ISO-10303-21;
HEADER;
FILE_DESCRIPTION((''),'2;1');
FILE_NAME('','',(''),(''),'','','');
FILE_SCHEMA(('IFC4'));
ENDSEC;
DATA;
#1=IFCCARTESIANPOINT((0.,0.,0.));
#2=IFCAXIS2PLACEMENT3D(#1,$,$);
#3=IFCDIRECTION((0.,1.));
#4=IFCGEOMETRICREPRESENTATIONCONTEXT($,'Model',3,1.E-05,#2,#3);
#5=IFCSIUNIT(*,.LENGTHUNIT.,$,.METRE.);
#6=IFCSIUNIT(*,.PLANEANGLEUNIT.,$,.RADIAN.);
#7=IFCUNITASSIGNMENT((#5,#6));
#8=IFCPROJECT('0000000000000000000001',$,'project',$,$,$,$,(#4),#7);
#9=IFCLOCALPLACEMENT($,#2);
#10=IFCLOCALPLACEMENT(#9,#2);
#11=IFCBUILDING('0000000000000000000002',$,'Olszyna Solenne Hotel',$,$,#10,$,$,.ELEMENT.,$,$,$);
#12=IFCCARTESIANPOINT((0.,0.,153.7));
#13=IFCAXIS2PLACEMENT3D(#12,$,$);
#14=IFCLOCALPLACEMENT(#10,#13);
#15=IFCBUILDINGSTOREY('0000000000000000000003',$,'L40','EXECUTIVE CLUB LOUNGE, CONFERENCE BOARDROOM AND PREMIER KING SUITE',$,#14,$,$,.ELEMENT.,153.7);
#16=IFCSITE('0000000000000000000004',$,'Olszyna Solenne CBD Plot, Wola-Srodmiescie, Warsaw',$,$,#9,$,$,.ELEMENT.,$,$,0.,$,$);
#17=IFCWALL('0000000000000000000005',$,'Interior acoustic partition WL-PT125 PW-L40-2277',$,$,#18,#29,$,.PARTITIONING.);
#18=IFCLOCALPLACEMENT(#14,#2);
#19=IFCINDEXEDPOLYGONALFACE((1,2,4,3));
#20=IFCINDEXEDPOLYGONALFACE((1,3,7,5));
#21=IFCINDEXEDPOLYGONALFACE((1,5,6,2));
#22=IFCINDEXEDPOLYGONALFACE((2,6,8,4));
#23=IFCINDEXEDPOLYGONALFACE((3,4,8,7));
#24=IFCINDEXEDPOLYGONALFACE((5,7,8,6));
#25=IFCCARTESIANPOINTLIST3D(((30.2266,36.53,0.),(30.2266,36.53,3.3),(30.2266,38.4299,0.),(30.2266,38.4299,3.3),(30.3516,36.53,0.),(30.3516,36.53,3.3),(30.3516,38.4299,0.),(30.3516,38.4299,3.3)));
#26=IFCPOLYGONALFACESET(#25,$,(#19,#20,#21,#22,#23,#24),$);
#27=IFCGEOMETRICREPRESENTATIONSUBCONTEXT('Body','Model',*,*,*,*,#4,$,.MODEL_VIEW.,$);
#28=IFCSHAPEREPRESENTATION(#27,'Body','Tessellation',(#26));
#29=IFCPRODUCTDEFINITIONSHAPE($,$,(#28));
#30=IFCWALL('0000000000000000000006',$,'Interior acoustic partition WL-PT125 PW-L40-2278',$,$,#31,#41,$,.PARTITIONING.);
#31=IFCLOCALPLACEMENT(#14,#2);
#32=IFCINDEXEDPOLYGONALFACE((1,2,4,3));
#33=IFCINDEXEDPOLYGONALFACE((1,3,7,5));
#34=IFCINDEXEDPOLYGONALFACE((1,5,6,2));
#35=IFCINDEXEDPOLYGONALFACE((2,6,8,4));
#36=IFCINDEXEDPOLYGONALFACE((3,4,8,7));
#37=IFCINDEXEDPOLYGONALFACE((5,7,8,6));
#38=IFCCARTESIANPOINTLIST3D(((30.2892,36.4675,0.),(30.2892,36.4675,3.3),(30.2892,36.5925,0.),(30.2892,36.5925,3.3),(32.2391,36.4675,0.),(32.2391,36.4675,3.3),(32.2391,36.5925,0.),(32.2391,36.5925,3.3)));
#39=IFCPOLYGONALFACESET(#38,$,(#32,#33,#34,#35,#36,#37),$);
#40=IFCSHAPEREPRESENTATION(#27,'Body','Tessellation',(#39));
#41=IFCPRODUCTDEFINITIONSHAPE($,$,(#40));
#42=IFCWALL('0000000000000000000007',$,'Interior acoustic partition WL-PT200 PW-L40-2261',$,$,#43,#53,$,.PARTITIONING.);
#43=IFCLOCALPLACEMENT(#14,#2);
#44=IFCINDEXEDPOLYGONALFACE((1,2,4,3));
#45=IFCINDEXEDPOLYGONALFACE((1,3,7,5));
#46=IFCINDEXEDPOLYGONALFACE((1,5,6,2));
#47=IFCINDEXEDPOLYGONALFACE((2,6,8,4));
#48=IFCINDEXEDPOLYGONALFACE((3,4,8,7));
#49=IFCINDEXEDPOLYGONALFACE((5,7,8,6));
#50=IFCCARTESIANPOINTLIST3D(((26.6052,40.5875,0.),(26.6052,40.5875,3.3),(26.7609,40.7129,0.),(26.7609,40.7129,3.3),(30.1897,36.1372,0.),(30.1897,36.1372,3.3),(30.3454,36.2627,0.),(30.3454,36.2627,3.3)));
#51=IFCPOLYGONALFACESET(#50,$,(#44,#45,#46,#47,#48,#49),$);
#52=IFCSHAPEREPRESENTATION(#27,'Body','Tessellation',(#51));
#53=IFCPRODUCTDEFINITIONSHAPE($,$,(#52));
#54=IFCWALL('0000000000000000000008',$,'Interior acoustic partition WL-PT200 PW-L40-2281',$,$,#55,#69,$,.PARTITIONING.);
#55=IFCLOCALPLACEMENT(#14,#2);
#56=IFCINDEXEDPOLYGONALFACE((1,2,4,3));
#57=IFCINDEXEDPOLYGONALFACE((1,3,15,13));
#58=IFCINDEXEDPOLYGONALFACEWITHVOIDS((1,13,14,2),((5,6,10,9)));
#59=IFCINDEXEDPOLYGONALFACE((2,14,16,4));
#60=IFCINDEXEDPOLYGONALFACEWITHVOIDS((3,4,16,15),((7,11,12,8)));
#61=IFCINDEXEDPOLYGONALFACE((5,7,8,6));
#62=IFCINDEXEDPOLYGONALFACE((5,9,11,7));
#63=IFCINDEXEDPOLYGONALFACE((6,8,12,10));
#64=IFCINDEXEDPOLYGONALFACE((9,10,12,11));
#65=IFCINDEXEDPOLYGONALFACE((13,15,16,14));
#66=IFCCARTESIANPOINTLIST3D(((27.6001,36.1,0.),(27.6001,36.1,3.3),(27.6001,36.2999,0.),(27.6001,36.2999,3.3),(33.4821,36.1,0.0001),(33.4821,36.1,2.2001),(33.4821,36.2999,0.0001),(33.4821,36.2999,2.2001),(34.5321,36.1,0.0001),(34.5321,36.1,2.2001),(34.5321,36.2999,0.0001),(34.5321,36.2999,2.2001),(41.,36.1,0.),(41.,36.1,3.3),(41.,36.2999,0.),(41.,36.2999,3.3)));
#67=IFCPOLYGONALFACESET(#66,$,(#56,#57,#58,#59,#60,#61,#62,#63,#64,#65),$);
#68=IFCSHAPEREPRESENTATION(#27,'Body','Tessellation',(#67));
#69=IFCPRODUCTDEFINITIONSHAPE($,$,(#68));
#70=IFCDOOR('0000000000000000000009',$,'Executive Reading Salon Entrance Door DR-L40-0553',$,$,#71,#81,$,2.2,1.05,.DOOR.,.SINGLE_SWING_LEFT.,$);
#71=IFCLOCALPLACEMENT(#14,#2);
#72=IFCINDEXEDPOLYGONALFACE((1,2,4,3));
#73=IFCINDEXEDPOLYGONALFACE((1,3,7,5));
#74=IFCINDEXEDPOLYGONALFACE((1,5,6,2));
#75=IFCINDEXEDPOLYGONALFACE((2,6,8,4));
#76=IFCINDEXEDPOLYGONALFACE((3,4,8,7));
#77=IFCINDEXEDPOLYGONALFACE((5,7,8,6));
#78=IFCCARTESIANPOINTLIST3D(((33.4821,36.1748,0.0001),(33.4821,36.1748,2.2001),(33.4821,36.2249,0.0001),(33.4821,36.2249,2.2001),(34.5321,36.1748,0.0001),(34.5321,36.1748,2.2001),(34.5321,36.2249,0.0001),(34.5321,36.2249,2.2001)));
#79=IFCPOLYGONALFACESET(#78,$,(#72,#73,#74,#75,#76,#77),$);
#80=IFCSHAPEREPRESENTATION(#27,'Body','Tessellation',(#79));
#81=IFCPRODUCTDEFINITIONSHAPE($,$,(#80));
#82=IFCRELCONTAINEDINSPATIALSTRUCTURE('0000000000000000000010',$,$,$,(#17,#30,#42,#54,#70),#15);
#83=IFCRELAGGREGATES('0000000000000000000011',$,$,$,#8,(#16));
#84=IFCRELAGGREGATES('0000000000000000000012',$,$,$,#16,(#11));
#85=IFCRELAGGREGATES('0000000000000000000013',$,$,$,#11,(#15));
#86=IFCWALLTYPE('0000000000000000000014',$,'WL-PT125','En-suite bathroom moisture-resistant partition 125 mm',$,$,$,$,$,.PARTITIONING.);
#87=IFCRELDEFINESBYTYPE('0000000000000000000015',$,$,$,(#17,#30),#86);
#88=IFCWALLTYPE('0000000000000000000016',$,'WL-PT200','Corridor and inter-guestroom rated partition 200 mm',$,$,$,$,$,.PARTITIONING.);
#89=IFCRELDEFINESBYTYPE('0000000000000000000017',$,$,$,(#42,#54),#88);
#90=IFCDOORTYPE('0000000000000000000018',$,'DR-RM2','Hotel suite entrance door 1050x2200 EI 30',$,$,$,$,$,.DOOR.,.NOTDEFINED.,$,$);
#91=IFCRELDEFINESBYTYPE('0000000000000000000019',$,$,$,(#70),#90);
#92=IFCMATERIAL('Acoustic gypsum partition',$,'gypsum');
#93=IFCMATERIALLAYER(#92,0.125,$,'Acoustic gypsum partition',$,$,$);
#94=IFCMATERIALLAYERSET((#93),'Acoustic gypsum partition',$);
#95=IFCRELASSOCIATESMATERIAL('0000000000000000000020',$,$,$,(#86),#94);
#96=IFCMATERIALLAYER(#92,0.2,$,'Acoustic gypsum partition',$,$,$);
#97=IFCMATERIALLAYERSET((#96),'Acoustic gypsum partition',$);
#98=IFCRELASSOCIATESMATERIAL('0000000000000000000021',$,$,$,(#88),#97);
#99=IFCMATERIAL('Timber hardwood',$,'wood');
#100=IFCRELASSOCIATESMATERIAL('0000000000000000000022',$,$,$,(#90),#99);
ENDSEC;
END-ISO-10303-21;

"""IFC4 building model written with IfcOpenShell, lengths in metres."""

from ifc_helpers import new_model, si_unit, direction, frame, frame_2d, origin, place, context, subcontext, project, spatial, rectangle, extrude, source, transform, mapped, material, layer, layer_set, type_object, type_shapes, element, fill, save


model = new_model("IFC4")

# Units and contexts
model_context = context("Model", 3, precision=1e-05, world=origin(), true_north=direction((0.0, 1.0)))
body_context = subcontext(model_context, "Body", "Model", "MODEL_VIEW")
ifc_project = project(units=[si_unit("LENGTHUNIT", "METRE"), si_unit("PLANEANGLEUNIT", "RADIAN")], contexts=[model_context])

# Site, building, storey
site_placement = place(None, origin())
site = spatial("IfcSite", under=ifc_project, at=site_placement, Name="Olszyna Solenne CBD Plot, Wola-Srodmiescie, Warsaw", CompositionType="ELEMENT", RefElevation=0.0)
building_placement = place(site_placement, origin())
building = spatial("IfcBuilding", under=site, at=building_placement, Name="Olszyna Solenne Hotel", CompositionType="ELEMENT")
storey_placement = place(building_placement, frame((0.0, 0.0, 153.7)))
storey = spatial("IfcBuildingStorey", under=building, at=storey_placement, Name="L40", Description="EXECUTIVE CLUB LOUNGE, CONFERENCE BOARDROOM AND PREMIER KING SUITE", CompositionType="ELEMENT", Elevation=153.7)

# Shared definitions
ifc_material_1 = material(Name="Acoustic gypsum partition", Category="gypsum")
ifc_layer_1 = layer(ifc_material_1, 0.125, Name="Acoustic gypsum partition")
ifc_layer_set_1 = layer_set([ifc_layer_1], Name="Acoustic gypsum partition")
wall_type_1 = type_object("IfcWallType", Name="WL-PT125", Description="En-suite bathroom moisture-resistant partition 125 mm", PredefinedType="PARTITIONING", material=ifc_layer_set_1)
ifc_material_2 = material(Name="Timber hardwood", Category="wood")

# Walls
wall_1_placement = place(storey_placement, frame((30.2891, 38.4299, 0.0), z_axis=(0.0, 0.0, 1.0), x_axis=(0.0, -1.0, 0.0)))
element("IfcWall", 1, at=wall_1_placement, inside=storey, type_object=wall_type_1, Name="Interior acoustic partition WL-PT125 PW-L40-2277", PredefinedType="PARTITIONING", context=body_context, shape_type="SweptSolid", body=[
    extrude(rectangle(XDim=1.8999, YDim=0.125, at=frame_2d((0.95, 0.0))), origin(), (0.0, 0.0, 1.0), 3.3),
])
wall_2_placement = place(storey_placement, frame((30.2891, 36.53, 0.0), z_axis=(0.0, 0.0, 1.0), x_axis=(1.0, 0.0, 0.0)))
element("IfcWall", 2, at=wall_2_placement, inside=storey, type_object=wall_type_1, Name="Interior acoustic partition WL-PT125 PW-L40-2278", PredefinedType="PARTITIONING", context=body_context, shape_type="SweptSolid", body=[
    extrude(rectangle(XDim=1.95, YDim=0.125, at=frame_2d((0.9751, 0.0))), origin(), (0.0, 0.0, 1.0), 3.3),
])
ifc_layer_2 = layer(ifc_material_1, 0.2, Name="Acoustic gypsum partition")
ifc_layer_set_2 = layer_set([ifc_layer_2], Name="Acoustic gypsum partition")
wall_type_2 = type_object("IfcWallType", Name="WL-PT200", Description="Corridor and inter-guestroom rated partition 200 mm", PredefinedType="PARTITIONING", material=ifc_layer_set_2)
wall_3_placement = place(storey_placement, frame((30.2676, 36.2, 0.0), z_axis=(0.0, 0.0, 1.0), x_axis=(-0.627286, 0.778789, 0.0)))
element("IfcWall", 3, at=wall_3_placement, inside=storey, type_object=wall_type_2, Name="Interior acoustic partition WL-PT200 PW-L40-2261", PredefinedType="PARTITIONING", context=body_context, shape_type="SweptSolid", body=[
    extrude(rectangle(XDim=5.7144, YDim=0.2, at=frame_2d((2.8572, 0.0))), origin(), (0.0, 0.0, 1.0), 3.3),
])

# Wall, opening, door
wall_4_placement = place(storey_placement, frame((27.6001, 36.2, 0.0), z_axis=(0.0, 0.0, 1.0), x_axis=(1.0, 0.0, 0.0)))
wall_4 = element("IfcWall", 4, at=wall_4_placement, inside=storey, type_object=wall_type_2, Name="Interior acoustic partition WL-PT200 PW-L40-2281", PredefinedType="PARTITIONING", context=body_context, shape_type="SweptSolid", body=[
    extrude(rectangle(XDim=13.3999, YDim=0.2, at=frame_2d((6.7, 0.0))), origin(), (0.0, 0.0, 1.0), 3.3),
])
opening_1_placement = place(wall_4_placement, frame((5.8821, 0.0, 0.0)))
opening_1 = element("IfcOpeningElement", 5, at=opening_1_placement, cuts=wall_4, PredefinedType="OPENING", context=body_context, shape_type="SweptSolid", body=[
    extrude(rectangle(XDim=1.05, YDim=2.2, at=frame_2d((0.5249, 1.1001))), frame((0.0, 0.1099, 0.0), z_axis=(0.0, -1.0, 0.0), x_axis=(1.0, 0.0, 0.0)), (0.0, 0.0, 1.0), 0.22),
])
door_type_1 = type_object("IfcDoorType", Name="DR-RM2", Description="Hotel suite entrance door 1050x2200 EI 30", OperationType="NOTDEFINED", PredefinedType="DOOR", material=ifc_material_2)
shared_shape_1 = source(origin(), body_context, "Body", "SweptSolid", [
    extrude(rectangle(XDim=1.05, YDim=2.2, at=frame_2d((0.5249, 1.1001))), frame((0.0, 0.0249, 0.0), z_axis=(0.0, -1.0, 0.0), x_axis=(1.0, 0.0, 0.0)), (0.0, 0.0, 1.0), 0.05),
])
type_shapes(door_type_1, [shared_shape_1])
door_1_placement = place(opening_1_placement, origin())
door_1 = element("IfcDoor", 6, at=door_1_placement, inside=storey, type_object=door_type_1, Name="Executive Reading Salon Entrance Door DR-L40-0553", OperationType="SINGLE_SWING_LEFT", OverallHeight=2.2, OverallWidth=1.05, PredefinedType="DOOR", context=body_context, shape_type="MappedRepresentation", body=[
    mapped(shared_shape_1, transform((0.0, 0.0, 0.0), x_axis=(1.0, 0.0, 0.0), y_axis=(0.0, 1.0, 0.0), z_axis=(0.0, 0.0, 1.0), scale=1.0)),
])
fill(opening_1, door_1)

save(model, "model.ifc")
